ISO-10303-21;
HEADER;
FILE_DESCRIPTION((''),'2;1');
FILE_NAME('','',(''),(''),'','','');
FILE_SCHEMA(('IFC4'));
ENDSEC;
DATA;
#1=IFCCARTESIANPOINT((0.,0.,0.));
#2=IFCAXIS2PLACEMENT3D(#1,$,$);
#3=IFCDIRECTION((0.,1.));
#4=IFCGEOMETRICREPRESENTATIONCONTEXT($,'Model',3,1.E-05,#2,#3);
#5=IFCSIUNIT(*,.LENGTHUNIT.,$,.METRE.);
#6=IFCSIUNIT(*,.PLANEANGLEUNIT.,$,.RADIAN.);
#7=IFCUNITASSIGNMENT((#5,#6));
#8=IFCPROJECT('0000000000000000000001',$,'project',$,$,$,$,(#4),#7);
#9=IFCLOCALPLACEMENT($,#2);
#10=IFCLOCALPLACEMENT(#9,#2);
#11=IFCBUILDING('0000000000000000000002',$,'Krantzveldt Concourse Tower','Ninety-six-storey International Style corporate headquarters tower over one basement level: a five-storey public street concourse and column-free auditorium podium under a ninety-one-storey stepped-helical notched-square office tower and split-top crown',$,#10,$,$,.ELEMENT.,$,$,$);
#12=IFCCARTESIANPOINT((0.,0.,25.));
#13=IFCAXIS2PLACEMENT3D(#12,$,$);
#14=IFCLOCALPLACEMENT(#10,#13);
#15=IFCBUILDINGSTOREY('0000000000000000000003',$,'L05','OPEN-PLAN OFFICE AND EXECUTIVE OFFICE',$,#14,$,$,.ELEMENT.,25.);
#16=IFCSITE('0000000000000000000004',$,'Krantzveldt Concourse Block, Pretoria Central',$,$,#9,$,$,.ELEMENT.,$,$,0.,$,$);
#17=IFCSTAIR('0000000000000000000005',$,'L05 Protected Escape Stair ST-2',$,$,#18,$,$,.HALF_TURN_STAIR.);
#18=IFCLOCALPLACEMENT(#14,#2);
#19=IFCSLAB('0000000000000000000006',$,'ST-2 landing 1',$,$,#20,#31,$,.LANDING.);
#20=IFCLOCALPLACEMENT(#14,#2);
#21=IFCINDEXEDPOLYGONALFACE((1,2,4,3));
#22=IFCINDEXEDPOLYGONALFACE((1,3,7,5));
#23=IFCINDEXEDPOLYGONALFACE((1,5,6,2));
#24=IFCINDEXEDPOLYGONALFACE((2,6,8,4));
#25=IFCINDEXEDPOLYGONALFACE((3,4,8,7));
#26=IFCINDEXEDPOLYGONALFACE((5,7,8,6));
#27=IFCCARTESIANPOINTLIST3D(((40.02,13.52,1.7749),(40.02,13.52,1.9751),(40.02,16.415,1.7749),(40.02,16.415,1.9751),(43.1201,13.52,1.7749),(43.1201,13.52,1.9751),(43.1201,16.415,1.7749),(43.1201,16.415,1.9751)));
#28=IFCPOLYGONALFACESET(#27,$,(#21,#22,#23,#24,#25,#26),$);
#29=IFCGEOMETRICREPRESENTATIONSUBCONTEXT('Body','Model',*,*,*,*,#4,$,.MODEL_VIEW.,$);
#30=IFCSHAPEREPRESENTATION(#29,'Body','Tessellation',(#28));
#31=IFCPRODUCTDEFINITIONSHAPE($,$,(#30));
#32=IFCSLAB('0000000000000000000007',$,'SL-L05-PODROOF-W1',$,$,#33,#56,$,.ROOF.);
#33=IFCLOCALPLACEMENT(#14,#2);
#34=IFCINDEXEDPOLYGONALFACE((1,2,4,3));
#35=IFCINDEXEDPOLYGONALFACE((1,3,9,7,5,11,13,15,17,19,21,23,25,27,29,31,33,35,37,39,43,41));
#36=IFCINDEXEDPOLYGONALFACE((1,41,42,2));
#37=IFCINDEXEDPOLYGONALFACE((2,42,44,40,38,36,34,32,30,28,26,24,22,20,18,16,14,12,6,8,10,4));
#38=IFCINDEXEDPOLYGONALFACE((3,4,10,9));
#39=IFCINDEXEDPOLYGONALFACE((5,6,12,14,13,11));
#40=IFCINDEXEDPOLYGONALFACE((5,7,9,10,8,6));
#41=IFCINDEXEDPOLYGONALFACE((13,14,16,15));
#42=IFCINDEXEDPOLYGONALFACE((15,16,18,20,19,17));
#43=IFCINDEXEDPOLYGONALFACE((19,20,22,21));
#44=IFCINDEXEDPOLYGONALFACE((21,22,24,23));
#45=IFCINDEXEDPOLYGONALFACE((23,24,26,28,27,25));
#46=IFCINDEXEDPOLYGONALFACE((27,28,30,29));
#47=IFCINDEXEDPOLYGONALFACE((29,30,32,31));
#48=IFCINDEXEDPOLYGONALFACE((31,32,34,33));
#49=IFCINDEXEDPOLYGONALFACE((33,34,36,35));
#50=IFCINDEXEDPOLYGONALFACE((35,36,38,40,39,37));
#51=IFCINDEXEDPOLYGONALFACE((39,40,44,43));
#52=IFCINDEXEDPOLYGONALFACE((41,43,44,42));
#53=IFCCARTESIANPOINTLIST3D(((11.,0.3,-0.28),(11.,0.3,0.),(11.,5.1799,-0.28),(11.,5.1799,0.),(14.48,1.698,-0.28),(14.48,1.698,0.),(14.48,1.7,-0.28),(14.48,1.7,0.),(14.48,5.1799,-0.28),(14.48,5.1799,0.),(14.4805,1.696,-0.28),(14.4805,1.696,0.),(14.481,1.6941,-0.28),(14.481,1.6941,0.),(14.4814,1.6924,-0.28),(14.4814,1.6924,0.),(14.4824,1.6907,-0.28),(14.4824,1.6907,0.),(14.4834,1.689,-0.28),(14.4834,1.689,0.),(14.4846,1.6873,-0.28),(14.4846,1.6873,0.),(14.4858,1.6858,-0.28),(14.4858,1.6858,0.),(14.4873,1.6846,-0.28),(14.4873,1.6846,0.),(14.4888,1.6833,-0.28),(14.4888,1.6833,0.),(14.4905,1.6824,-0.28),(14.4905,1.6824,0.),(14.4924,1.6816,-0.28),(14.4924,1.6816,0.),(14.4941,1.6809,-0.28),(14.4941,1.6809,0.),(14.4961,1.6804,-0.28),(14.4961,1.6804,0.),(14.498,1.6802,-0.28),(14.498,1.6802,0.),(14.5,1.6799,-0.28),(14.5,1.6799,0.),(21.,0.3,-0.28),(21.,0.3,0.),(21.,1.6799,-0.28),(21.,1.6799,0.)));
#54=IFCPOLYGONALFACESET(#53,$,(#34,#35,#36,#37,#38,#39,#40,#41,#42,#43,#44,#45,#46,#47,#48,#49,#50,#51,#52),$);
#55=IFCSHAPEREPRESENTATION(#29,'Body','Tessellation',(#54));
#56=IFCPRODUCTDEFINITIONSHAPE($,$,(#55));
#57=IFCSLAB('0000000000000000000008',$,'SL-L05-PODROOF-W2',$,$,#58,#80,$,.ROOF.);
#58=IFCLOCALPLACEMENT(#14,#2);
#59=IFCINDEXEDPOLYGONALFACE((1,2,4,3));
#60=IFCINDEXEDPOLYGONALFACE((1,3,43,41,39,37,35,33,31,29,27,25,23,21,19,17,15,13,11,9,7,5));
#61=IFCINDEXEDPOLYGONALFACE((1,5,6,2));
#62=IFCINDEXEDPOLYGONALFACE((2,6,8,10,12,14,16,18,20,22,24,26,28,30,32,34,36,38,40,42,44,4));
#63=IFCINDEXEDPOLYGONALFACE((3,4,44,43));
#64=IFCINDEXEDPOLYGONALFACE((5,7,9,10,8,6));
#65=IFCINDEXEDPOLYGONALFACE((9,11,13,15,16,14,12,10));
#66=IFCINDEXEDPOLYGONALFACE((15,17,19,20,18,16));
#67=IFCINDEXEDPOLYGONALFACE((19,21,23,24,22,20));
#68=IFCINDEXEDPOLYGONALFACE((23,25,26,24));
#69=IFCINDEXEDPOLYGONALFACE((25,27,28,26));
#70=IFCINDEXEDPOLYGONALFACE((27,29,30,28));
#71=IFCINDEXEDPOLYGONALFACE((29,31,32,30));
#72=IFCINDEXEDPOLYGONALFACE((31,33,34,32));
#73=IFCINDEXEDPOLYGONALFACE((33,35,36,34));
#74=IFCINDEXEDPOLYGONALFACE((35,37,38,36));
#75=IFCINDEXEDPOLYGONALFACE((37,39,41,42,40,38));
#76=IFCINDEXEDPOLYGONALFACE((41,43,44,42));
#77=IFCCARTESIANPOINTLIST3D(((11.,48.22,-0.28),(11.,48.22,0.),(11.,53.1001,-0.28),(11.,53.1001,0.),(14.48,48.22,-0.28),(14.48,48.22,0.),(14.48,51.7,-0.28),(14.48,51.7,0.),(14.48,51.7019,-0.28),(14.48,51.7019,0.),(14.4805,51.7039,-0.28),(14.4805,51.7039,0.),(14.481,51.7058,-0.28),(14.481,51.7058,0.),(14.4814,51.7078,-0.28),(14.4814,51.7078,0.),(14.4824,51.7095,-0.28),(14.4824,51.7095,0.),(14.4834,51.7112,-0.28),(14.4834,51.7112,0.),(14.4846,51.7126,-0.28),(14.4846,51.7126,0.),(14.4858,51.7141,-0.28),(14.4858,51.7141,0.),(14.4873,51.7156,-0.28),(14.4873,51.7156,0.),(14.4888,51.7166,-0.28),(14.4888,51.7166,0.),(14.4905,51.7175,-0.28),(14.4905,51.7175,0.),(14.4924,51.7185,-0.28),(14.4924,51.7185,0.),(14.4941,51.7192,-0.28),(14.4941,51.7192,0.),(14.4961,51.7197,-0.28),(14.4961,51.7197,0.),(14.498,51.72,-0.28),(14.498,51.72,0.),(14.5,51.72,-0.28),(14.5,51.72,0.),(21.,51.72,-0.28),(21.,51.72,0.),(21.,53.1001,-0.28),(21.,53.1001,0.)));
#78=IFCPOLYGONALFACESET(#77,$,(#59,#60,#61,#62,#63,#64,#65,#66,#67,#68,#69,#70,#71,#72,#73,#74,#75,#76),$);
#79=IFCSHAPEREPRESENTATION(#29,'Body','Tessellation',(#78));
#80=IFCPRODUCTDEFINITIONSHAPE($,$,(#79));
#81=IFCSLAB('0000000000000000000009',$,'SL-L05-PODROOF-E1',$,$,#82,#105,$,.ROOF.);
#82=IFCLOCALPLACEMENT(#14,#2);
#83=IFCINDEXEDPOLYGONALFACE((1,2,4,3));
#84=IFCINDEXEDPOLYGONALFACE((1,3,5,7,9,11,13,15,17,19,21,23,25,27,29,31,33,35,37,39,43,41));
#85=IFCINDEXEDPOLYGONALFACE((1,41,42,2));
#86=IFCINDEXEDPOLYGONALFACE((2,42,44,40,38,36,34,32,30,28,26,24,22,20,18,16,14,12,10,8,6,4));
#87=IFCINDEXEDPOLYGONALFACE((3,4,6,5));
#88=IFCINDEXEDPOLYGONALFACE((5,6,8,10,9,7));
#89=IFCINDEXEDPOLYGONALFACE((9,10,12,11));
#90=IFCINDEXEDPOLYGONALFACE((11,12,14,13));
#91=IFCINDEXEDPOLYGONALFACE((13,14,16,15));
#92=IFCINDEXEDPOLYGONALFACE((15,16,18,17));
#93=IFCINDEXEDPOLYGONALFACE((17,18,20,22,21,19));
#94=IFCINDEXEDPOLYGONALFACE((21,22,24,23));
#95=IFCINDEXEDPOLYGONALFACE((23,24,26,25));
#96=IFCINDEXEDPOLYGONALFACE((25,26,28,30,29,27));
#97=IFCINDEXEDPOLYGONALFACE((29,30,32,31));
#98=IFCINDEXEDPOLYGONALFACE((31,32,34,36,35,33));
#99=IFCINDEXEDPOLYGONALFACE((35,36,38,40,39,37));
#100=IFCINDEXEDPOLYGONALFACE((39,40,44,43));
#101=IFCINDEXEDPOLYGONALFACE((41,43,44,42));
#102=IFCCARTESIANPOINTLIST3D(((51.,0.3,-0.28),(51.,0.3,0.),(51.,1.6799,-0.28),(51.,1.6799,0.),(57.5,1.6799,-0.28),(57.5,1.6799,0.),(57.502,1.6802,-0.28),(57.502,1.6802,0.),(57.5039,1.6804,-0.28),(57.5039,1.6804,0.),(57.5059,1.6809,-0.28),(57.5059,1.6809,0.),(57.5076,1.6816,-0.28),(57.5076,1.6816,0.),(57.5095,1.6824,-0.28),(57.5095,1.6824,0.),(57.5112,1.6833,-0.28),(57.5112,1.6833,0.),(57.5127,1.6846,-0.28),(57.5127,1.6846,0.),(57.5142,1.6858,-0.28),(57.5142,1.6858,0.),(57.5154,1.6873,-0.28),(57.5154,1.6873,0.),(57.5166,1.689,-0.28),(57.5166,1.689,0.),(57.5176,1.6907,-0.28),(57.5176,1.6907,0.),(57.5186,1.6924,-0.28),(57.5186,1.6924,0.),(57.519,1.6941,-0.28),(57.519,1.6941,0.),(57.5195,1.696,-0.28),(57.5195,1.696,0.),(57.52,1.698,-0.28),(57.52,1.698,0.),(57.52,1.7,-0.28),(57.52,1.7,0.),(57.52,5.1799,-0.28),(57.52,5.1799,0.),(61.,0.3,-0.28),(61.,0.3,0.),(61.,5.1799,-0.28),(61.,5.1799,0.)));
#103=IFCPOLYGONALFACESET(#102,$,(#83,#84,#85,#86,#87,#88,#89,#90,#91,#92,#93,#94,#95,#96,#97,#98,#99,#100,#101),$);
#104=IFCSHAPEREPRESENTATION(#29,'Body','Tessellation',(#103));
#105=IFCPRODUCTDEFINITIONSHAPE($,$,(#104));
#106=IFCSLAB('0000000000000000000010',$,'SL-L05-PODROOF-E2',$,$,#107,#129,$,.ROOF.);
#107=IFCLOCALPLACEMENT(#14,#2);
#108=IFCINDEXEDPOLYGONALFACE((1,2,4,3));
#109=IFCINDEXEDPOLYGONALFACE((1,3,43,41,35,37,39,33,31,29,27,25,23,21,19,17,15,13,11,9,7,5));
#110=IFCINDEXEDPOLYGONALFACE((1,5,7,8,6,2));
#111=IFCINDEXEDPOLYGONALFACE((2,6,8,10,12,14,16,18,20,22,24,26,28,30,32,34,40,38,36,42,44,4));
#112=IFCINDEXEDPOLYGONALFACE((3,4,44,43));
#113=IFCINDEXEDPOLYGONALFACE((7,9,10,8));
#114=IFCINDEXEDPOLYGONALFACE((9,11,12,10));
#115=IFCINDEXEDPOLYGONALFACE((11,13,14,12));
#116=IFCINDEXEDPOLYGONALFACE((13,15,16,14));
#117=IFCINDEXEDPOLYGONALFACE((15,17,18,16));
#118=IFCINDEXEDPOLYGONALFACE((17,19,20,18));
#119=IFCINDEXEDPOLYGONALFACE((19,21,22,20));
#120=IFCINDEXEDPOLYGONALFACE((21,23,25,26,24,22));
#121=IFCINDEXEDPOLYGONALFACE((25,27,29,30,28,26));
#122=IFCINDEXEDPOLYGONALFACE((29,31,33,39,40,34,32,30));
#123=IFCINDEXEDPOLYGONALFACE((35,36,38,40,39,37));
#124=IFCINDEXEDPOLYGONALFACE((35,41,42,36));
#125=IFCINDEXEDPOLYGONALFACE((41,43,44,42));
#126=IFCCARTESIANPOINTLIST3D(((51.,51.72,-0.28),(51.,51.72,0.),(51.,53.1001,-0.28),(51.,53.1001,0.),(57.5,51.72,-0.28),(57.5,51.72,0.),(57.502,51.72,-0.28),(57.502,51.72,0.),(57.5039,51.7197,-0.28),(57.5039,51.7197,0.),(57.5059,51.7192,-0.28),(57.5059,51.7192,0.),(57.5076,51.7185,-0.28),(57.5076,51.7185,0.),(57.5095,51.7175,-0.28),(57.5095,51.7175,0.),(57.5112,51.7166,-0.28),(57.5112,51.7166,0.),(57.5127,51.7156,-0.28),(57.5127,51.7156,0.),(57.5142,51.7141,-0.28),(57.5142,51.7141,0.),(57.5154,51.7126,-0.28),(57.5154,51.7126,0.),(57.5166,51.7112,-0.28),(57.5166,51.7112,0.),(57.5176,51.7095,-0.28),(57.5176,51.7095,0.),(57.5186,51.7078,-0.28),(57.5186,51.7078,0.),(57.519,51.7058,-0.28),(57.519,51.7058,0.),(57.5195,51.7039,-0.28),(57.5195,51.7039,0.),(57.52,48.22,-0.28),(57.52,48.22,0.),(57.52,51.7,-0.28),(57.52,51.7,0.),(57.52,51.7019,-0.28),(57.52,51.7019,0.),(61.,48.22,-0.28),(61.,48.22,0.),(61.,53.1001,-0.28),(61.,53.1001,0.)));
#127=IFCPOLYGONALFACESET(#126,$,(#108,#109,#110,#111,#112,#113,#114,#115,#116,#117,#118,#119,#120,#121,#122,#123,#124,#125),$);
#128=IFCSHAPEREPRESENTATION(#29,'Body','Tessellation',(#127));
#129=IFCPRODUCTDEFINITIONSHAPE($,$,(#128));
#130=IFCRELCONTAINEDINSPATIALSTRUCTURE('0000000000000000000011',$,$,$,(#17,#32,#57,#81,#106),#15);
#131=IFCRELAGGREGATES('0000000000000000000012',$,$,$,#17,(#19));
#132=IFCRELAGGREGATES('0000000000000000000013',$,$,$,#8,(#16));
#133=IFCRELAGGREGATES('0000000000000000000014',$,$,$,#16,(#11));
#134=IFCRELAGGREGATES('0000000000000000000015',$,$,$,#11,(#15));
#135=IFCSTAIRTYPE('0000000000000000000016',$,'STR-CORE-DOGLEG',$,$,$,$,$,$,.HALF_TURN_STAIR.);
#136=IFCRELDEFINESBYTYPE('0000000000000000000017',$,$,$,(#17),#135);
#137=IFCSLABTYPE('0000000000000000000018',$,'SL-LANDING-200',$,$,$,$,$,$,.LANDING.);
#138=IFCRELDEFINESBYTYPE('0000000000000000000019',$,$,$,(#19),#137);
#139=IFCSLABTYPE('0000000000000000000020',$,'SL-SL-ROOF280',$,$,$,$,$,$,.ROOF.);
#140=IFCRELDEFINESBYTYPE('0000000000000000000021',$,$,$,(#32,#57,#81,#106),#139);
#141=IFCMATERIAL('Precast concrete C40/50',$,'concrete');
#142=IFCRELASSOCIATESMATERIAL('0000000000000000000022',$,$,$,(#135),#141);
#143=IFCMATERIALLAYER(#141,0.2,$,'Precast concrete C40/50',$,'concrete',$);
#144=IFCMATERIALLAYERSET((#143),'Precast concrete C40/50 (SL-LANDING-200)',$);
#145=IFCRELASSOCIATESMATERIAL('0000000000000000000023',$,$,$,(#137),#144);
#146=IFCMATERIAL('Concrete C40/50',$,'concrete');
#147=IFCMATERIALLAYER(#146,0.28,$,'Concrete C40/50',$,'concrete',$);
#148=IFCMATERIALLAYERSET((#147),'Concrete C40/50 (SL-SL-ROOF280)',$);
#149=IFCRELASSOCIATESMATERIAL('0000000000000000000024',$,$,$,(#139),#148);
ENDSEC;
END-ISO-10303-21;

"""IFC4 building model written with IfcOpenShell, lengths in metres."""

from ifc_helpers import new_model, si_unit, direction, frame, origin, place, context, subcontext, project, spatial, polyline, outline, extrude, material, layer, layer_set, type_object, element, aggregate, save


model = new_model("IFC4")

# Units and contexts
model_context = context("Model", 3, precision=1e-05, world=origin(), true_north=direction((0.0, 1.0)))
body_context = subcontext(model_context, "Body", "Model", "MODEL_VIEW")
ifc_project = project(units=[si_unit("LENGTHUNIT", "METRE"), si_unit("PLANEANGLEUNIT", "RADIAN")], contexts=[model_context])

# Site, building, storey
site_placement = place(None, origin())
site = spatial("IfcSite", under=ifc_project, at=site_placement, Name="Krantzveldt Concourse Block, Pretoria Central", CompositionType="ELEMENT", RefElevation=0.0)
building_placement = place(site_placement, origin())
building = spatial("IfcBuilding", under=site, at=building_placement, Name="Krantzveldt Concourse Tower", Description="Ninety-six-storey International Style corporate headquarters tower over one basement level: a five-storey public street concourse and column-free auditorium podium under a ninety-one-storey stepped-helical notched-square office tower and split-top crown", CompositionType="ELEMENT")
storey_placement = place(building_placement, frame((0.0, 0.0, 25.0)))
storey = spatial("IfcBuildingStorey", under=building, at=storey_placement, Name="L05", Description="OPEN-PLAN OFFICE AND EXECUTIVE OFFICE", CompositionType="ELEMENT", Elevation=25.0)

# Stair, slab
ifc_material_1 = material(Name="Precast concrete C40/50", Category="concrete")
stair_type = type_object("IfcStairType", Name="STR-CORE-DOGLEG", PredefinedType="HALF_TURN_STAIR", material=ifc_material_1)
ifc_layer_1 = layer(ifc_material_1, 0.2, Name="Precast concrete C40/50", Category="concrete")
ifc_layer_set_1 = layer_set([ifc_layer_1], Name="Precast concrete C40/50 (SL-LANDING-200)")
slab_type_1 = type_object("IfcSlabType", Name="SL-LANDING-200", PredefinedType="LANDING", material=ifc_layer_set_1)
stair_1_placement = place(storey_placement, origin())
stair_1 = element("IfcStair", 1, at=stair_1_placement, inside=storey, type_object=stair_type, Name="L05 Protected Escape Stair ST-2", PredefinedType="HALF_TURN_STAIR")
slab_1_placement = place(storey_placement, frame((0.0, 0.0, 1.7749)))
slab_1 = element("IfcSlab", 2, at=slab_1_placement, type_object=slab_type_1, Name="ST-2 landing 1", PredefinedType="LANDING", context=body_context, shape_type="SweptSolid", body=[
    extrude(outline(polyline([(40.02, 16.415), (40.02, 13.52), (43.1201, 13.52), (43.1201, 16.415), (40.02, 16.415)])), origin(), (0.0, 0.0, 1.0), 0.2002),
])
aggregate(stair_1, [slab_1])

# Slabs
ifc_material_2 = material(Name="Concrete C40/50", Category="concrete")
ifc_layer_2 = layer(ifc_material_2, 0.28, Name="Concrete C40/50", Category="concrete")
ifc_layer_set_2 = layer_set([ifc_layer_2], Name="Concrete C40/50 (SL-SL-ROOF280)")
slab_type_2 = type_object("IfcSlabType", Name="SL-SL-ROOF280", PredefinedType="ROOF", material=ifc_layer_set_2)
slab_2_placement = place(storey_placement, frame((0.0, 0.0, -0.28)))
element("IfcSlab", 3, at=slab_2_placement, inside=storey, type_object=slab_type_2, Name="SL-L05-PODROOF-W1", PredefinedType="ROOF", context=body_context, shape_type="SweptSolid", body=[
    extrude(outline(polyline([(21.0, 0.3), (11.0, 0.3), (11.0, 5.1799), (14.48, 5.1799), (14.48, 1.7), (14.48, 1.698), (14.4805, 1.696), (14.481, 1.6941), (14.4814, 1.6924), (14.4824, 1.6907), (14.4834, 1.689), (14.4846, 1.6873), (14.4858, 1.6858), (14.4873, 1.6846), (14.4888, 1.6833), (14.4905, 1.6824), (14.4924, 1.6816), (14.4941, 1.6809), (14.4961, 1.6804), (14.498, 1.6802), (14.5, 1.6799), (21.0, 1.6799), (21.0, 0.3)])), origin(), (0.0, 0.0, 1.0), 0.28),
])
slab_3_placement = place(storey_placement, frame((0.0, 0.0, -0.28)))
element("IfcSlab", 4, at=slab_3_placement, inside=storey, type_object=slab_type_2, Name="SL-L05-PODROOF-W2", PredefinedType="ROOF", context=body_context, shape_type="SweptSolid", body=[
    extrude(outline(polyline([(11.0, 53.1001), (21.0, 53.1001), (21.0, 51.72), (14.5, 51.72), (14.498, 51.72), (14.4961, 51.7197), (14.4941, 51.7192), (14.4924, 51.7185), (14.4905, 51.7175), (14.4888, 51.7166), (14.4873, 51.7156), (14.4858, 51.7141), (14.4846, 51.7126), (14.4834, 51.7112), (14.4824, 51.7095), (14.4814, 51.7078), (14.481, 51.7058), (14.4805, 51.7039), (14.48, 51.7019), (14.48, 51.7), (14.48, 48.22), (11.0, 48.22), (11.0, 53.1001)])), origin(), (0.0, 0.0, 1.0), 0.28),
])
slab_4_placement = place(storey_placement, frame((0.0, 0.0, -0.28)))
element("IfcSlab", 5, at=slab_4_placement, inside=storey, type_object=slab_type_2, Name="SL-L05-PODROOF-E1", PredefinedType="ROOF", context=body_context, shape_type="SweptSolid", body=[
    extrude(outline(polyline([(61.0, 0.3), (51.0, 0.3), (51.0, 1.6799), (57.5, 1.6799), (57.502, 1.6802), (57.5039, 1.6804), (57.5059, 1.6809), (57.5076, 1.6816), (57.5095, 1.6824), (57.5112, 1.6833), (57.5127, 1.6846), (57.5142, 1.6858), (57.5154, 1.6873), (57.5166, 1.689), (57.5176, 1.6907), (57.5186, 1.6924), (57.519, 1.6941), (57.5195, 1.696), (57.52, 1.698), (57.52, 1.7), (57.52, 5.1799), (61.0, 5.1799), (61.0, 0.3)])), origin(), (0.0, 0.0, 1.0), 0.28),
])
slab_5_placement = place(storey_placement, frame((0.0, 0.0, -0.28)))
element("IfcSlab", 6, at=slab_5_placement, inside=storey, type_object=slab_type_2, Name="SL-L05-PODROOF-E2", PredefinedType="ROOF", context=body_context, shape_type="SweptSolid", body=[
    extrude(outline(polyline([(51.0, 53.1001), (61.0, 53.1001), (61.0, 48.22), (57.52, 48.22), (57.52, 51.7), (57.52, 51.7019), (57.5195, 51.7039), (57.519, 51.7058), (57.5186, 51.7078), (57.5176, 51.7095), (57.5166, 51.7112), (57.5154, 51.7126), (57.5142, 51.7141), (57.5127, 51.7156), (57.5112, 51.7166), (57.5095, 51.7175), (57.5076, 51.7185), (57.5059, 51.7192), (57.5039, 51.7197), (57.502, 51.72), (57.5, 51.72), (51.0, 51.72), (51.0, 53.1001)])), origin(), (0.0, 0.0, 1.0), 0.28),
])

save(model, "model.ifc")
